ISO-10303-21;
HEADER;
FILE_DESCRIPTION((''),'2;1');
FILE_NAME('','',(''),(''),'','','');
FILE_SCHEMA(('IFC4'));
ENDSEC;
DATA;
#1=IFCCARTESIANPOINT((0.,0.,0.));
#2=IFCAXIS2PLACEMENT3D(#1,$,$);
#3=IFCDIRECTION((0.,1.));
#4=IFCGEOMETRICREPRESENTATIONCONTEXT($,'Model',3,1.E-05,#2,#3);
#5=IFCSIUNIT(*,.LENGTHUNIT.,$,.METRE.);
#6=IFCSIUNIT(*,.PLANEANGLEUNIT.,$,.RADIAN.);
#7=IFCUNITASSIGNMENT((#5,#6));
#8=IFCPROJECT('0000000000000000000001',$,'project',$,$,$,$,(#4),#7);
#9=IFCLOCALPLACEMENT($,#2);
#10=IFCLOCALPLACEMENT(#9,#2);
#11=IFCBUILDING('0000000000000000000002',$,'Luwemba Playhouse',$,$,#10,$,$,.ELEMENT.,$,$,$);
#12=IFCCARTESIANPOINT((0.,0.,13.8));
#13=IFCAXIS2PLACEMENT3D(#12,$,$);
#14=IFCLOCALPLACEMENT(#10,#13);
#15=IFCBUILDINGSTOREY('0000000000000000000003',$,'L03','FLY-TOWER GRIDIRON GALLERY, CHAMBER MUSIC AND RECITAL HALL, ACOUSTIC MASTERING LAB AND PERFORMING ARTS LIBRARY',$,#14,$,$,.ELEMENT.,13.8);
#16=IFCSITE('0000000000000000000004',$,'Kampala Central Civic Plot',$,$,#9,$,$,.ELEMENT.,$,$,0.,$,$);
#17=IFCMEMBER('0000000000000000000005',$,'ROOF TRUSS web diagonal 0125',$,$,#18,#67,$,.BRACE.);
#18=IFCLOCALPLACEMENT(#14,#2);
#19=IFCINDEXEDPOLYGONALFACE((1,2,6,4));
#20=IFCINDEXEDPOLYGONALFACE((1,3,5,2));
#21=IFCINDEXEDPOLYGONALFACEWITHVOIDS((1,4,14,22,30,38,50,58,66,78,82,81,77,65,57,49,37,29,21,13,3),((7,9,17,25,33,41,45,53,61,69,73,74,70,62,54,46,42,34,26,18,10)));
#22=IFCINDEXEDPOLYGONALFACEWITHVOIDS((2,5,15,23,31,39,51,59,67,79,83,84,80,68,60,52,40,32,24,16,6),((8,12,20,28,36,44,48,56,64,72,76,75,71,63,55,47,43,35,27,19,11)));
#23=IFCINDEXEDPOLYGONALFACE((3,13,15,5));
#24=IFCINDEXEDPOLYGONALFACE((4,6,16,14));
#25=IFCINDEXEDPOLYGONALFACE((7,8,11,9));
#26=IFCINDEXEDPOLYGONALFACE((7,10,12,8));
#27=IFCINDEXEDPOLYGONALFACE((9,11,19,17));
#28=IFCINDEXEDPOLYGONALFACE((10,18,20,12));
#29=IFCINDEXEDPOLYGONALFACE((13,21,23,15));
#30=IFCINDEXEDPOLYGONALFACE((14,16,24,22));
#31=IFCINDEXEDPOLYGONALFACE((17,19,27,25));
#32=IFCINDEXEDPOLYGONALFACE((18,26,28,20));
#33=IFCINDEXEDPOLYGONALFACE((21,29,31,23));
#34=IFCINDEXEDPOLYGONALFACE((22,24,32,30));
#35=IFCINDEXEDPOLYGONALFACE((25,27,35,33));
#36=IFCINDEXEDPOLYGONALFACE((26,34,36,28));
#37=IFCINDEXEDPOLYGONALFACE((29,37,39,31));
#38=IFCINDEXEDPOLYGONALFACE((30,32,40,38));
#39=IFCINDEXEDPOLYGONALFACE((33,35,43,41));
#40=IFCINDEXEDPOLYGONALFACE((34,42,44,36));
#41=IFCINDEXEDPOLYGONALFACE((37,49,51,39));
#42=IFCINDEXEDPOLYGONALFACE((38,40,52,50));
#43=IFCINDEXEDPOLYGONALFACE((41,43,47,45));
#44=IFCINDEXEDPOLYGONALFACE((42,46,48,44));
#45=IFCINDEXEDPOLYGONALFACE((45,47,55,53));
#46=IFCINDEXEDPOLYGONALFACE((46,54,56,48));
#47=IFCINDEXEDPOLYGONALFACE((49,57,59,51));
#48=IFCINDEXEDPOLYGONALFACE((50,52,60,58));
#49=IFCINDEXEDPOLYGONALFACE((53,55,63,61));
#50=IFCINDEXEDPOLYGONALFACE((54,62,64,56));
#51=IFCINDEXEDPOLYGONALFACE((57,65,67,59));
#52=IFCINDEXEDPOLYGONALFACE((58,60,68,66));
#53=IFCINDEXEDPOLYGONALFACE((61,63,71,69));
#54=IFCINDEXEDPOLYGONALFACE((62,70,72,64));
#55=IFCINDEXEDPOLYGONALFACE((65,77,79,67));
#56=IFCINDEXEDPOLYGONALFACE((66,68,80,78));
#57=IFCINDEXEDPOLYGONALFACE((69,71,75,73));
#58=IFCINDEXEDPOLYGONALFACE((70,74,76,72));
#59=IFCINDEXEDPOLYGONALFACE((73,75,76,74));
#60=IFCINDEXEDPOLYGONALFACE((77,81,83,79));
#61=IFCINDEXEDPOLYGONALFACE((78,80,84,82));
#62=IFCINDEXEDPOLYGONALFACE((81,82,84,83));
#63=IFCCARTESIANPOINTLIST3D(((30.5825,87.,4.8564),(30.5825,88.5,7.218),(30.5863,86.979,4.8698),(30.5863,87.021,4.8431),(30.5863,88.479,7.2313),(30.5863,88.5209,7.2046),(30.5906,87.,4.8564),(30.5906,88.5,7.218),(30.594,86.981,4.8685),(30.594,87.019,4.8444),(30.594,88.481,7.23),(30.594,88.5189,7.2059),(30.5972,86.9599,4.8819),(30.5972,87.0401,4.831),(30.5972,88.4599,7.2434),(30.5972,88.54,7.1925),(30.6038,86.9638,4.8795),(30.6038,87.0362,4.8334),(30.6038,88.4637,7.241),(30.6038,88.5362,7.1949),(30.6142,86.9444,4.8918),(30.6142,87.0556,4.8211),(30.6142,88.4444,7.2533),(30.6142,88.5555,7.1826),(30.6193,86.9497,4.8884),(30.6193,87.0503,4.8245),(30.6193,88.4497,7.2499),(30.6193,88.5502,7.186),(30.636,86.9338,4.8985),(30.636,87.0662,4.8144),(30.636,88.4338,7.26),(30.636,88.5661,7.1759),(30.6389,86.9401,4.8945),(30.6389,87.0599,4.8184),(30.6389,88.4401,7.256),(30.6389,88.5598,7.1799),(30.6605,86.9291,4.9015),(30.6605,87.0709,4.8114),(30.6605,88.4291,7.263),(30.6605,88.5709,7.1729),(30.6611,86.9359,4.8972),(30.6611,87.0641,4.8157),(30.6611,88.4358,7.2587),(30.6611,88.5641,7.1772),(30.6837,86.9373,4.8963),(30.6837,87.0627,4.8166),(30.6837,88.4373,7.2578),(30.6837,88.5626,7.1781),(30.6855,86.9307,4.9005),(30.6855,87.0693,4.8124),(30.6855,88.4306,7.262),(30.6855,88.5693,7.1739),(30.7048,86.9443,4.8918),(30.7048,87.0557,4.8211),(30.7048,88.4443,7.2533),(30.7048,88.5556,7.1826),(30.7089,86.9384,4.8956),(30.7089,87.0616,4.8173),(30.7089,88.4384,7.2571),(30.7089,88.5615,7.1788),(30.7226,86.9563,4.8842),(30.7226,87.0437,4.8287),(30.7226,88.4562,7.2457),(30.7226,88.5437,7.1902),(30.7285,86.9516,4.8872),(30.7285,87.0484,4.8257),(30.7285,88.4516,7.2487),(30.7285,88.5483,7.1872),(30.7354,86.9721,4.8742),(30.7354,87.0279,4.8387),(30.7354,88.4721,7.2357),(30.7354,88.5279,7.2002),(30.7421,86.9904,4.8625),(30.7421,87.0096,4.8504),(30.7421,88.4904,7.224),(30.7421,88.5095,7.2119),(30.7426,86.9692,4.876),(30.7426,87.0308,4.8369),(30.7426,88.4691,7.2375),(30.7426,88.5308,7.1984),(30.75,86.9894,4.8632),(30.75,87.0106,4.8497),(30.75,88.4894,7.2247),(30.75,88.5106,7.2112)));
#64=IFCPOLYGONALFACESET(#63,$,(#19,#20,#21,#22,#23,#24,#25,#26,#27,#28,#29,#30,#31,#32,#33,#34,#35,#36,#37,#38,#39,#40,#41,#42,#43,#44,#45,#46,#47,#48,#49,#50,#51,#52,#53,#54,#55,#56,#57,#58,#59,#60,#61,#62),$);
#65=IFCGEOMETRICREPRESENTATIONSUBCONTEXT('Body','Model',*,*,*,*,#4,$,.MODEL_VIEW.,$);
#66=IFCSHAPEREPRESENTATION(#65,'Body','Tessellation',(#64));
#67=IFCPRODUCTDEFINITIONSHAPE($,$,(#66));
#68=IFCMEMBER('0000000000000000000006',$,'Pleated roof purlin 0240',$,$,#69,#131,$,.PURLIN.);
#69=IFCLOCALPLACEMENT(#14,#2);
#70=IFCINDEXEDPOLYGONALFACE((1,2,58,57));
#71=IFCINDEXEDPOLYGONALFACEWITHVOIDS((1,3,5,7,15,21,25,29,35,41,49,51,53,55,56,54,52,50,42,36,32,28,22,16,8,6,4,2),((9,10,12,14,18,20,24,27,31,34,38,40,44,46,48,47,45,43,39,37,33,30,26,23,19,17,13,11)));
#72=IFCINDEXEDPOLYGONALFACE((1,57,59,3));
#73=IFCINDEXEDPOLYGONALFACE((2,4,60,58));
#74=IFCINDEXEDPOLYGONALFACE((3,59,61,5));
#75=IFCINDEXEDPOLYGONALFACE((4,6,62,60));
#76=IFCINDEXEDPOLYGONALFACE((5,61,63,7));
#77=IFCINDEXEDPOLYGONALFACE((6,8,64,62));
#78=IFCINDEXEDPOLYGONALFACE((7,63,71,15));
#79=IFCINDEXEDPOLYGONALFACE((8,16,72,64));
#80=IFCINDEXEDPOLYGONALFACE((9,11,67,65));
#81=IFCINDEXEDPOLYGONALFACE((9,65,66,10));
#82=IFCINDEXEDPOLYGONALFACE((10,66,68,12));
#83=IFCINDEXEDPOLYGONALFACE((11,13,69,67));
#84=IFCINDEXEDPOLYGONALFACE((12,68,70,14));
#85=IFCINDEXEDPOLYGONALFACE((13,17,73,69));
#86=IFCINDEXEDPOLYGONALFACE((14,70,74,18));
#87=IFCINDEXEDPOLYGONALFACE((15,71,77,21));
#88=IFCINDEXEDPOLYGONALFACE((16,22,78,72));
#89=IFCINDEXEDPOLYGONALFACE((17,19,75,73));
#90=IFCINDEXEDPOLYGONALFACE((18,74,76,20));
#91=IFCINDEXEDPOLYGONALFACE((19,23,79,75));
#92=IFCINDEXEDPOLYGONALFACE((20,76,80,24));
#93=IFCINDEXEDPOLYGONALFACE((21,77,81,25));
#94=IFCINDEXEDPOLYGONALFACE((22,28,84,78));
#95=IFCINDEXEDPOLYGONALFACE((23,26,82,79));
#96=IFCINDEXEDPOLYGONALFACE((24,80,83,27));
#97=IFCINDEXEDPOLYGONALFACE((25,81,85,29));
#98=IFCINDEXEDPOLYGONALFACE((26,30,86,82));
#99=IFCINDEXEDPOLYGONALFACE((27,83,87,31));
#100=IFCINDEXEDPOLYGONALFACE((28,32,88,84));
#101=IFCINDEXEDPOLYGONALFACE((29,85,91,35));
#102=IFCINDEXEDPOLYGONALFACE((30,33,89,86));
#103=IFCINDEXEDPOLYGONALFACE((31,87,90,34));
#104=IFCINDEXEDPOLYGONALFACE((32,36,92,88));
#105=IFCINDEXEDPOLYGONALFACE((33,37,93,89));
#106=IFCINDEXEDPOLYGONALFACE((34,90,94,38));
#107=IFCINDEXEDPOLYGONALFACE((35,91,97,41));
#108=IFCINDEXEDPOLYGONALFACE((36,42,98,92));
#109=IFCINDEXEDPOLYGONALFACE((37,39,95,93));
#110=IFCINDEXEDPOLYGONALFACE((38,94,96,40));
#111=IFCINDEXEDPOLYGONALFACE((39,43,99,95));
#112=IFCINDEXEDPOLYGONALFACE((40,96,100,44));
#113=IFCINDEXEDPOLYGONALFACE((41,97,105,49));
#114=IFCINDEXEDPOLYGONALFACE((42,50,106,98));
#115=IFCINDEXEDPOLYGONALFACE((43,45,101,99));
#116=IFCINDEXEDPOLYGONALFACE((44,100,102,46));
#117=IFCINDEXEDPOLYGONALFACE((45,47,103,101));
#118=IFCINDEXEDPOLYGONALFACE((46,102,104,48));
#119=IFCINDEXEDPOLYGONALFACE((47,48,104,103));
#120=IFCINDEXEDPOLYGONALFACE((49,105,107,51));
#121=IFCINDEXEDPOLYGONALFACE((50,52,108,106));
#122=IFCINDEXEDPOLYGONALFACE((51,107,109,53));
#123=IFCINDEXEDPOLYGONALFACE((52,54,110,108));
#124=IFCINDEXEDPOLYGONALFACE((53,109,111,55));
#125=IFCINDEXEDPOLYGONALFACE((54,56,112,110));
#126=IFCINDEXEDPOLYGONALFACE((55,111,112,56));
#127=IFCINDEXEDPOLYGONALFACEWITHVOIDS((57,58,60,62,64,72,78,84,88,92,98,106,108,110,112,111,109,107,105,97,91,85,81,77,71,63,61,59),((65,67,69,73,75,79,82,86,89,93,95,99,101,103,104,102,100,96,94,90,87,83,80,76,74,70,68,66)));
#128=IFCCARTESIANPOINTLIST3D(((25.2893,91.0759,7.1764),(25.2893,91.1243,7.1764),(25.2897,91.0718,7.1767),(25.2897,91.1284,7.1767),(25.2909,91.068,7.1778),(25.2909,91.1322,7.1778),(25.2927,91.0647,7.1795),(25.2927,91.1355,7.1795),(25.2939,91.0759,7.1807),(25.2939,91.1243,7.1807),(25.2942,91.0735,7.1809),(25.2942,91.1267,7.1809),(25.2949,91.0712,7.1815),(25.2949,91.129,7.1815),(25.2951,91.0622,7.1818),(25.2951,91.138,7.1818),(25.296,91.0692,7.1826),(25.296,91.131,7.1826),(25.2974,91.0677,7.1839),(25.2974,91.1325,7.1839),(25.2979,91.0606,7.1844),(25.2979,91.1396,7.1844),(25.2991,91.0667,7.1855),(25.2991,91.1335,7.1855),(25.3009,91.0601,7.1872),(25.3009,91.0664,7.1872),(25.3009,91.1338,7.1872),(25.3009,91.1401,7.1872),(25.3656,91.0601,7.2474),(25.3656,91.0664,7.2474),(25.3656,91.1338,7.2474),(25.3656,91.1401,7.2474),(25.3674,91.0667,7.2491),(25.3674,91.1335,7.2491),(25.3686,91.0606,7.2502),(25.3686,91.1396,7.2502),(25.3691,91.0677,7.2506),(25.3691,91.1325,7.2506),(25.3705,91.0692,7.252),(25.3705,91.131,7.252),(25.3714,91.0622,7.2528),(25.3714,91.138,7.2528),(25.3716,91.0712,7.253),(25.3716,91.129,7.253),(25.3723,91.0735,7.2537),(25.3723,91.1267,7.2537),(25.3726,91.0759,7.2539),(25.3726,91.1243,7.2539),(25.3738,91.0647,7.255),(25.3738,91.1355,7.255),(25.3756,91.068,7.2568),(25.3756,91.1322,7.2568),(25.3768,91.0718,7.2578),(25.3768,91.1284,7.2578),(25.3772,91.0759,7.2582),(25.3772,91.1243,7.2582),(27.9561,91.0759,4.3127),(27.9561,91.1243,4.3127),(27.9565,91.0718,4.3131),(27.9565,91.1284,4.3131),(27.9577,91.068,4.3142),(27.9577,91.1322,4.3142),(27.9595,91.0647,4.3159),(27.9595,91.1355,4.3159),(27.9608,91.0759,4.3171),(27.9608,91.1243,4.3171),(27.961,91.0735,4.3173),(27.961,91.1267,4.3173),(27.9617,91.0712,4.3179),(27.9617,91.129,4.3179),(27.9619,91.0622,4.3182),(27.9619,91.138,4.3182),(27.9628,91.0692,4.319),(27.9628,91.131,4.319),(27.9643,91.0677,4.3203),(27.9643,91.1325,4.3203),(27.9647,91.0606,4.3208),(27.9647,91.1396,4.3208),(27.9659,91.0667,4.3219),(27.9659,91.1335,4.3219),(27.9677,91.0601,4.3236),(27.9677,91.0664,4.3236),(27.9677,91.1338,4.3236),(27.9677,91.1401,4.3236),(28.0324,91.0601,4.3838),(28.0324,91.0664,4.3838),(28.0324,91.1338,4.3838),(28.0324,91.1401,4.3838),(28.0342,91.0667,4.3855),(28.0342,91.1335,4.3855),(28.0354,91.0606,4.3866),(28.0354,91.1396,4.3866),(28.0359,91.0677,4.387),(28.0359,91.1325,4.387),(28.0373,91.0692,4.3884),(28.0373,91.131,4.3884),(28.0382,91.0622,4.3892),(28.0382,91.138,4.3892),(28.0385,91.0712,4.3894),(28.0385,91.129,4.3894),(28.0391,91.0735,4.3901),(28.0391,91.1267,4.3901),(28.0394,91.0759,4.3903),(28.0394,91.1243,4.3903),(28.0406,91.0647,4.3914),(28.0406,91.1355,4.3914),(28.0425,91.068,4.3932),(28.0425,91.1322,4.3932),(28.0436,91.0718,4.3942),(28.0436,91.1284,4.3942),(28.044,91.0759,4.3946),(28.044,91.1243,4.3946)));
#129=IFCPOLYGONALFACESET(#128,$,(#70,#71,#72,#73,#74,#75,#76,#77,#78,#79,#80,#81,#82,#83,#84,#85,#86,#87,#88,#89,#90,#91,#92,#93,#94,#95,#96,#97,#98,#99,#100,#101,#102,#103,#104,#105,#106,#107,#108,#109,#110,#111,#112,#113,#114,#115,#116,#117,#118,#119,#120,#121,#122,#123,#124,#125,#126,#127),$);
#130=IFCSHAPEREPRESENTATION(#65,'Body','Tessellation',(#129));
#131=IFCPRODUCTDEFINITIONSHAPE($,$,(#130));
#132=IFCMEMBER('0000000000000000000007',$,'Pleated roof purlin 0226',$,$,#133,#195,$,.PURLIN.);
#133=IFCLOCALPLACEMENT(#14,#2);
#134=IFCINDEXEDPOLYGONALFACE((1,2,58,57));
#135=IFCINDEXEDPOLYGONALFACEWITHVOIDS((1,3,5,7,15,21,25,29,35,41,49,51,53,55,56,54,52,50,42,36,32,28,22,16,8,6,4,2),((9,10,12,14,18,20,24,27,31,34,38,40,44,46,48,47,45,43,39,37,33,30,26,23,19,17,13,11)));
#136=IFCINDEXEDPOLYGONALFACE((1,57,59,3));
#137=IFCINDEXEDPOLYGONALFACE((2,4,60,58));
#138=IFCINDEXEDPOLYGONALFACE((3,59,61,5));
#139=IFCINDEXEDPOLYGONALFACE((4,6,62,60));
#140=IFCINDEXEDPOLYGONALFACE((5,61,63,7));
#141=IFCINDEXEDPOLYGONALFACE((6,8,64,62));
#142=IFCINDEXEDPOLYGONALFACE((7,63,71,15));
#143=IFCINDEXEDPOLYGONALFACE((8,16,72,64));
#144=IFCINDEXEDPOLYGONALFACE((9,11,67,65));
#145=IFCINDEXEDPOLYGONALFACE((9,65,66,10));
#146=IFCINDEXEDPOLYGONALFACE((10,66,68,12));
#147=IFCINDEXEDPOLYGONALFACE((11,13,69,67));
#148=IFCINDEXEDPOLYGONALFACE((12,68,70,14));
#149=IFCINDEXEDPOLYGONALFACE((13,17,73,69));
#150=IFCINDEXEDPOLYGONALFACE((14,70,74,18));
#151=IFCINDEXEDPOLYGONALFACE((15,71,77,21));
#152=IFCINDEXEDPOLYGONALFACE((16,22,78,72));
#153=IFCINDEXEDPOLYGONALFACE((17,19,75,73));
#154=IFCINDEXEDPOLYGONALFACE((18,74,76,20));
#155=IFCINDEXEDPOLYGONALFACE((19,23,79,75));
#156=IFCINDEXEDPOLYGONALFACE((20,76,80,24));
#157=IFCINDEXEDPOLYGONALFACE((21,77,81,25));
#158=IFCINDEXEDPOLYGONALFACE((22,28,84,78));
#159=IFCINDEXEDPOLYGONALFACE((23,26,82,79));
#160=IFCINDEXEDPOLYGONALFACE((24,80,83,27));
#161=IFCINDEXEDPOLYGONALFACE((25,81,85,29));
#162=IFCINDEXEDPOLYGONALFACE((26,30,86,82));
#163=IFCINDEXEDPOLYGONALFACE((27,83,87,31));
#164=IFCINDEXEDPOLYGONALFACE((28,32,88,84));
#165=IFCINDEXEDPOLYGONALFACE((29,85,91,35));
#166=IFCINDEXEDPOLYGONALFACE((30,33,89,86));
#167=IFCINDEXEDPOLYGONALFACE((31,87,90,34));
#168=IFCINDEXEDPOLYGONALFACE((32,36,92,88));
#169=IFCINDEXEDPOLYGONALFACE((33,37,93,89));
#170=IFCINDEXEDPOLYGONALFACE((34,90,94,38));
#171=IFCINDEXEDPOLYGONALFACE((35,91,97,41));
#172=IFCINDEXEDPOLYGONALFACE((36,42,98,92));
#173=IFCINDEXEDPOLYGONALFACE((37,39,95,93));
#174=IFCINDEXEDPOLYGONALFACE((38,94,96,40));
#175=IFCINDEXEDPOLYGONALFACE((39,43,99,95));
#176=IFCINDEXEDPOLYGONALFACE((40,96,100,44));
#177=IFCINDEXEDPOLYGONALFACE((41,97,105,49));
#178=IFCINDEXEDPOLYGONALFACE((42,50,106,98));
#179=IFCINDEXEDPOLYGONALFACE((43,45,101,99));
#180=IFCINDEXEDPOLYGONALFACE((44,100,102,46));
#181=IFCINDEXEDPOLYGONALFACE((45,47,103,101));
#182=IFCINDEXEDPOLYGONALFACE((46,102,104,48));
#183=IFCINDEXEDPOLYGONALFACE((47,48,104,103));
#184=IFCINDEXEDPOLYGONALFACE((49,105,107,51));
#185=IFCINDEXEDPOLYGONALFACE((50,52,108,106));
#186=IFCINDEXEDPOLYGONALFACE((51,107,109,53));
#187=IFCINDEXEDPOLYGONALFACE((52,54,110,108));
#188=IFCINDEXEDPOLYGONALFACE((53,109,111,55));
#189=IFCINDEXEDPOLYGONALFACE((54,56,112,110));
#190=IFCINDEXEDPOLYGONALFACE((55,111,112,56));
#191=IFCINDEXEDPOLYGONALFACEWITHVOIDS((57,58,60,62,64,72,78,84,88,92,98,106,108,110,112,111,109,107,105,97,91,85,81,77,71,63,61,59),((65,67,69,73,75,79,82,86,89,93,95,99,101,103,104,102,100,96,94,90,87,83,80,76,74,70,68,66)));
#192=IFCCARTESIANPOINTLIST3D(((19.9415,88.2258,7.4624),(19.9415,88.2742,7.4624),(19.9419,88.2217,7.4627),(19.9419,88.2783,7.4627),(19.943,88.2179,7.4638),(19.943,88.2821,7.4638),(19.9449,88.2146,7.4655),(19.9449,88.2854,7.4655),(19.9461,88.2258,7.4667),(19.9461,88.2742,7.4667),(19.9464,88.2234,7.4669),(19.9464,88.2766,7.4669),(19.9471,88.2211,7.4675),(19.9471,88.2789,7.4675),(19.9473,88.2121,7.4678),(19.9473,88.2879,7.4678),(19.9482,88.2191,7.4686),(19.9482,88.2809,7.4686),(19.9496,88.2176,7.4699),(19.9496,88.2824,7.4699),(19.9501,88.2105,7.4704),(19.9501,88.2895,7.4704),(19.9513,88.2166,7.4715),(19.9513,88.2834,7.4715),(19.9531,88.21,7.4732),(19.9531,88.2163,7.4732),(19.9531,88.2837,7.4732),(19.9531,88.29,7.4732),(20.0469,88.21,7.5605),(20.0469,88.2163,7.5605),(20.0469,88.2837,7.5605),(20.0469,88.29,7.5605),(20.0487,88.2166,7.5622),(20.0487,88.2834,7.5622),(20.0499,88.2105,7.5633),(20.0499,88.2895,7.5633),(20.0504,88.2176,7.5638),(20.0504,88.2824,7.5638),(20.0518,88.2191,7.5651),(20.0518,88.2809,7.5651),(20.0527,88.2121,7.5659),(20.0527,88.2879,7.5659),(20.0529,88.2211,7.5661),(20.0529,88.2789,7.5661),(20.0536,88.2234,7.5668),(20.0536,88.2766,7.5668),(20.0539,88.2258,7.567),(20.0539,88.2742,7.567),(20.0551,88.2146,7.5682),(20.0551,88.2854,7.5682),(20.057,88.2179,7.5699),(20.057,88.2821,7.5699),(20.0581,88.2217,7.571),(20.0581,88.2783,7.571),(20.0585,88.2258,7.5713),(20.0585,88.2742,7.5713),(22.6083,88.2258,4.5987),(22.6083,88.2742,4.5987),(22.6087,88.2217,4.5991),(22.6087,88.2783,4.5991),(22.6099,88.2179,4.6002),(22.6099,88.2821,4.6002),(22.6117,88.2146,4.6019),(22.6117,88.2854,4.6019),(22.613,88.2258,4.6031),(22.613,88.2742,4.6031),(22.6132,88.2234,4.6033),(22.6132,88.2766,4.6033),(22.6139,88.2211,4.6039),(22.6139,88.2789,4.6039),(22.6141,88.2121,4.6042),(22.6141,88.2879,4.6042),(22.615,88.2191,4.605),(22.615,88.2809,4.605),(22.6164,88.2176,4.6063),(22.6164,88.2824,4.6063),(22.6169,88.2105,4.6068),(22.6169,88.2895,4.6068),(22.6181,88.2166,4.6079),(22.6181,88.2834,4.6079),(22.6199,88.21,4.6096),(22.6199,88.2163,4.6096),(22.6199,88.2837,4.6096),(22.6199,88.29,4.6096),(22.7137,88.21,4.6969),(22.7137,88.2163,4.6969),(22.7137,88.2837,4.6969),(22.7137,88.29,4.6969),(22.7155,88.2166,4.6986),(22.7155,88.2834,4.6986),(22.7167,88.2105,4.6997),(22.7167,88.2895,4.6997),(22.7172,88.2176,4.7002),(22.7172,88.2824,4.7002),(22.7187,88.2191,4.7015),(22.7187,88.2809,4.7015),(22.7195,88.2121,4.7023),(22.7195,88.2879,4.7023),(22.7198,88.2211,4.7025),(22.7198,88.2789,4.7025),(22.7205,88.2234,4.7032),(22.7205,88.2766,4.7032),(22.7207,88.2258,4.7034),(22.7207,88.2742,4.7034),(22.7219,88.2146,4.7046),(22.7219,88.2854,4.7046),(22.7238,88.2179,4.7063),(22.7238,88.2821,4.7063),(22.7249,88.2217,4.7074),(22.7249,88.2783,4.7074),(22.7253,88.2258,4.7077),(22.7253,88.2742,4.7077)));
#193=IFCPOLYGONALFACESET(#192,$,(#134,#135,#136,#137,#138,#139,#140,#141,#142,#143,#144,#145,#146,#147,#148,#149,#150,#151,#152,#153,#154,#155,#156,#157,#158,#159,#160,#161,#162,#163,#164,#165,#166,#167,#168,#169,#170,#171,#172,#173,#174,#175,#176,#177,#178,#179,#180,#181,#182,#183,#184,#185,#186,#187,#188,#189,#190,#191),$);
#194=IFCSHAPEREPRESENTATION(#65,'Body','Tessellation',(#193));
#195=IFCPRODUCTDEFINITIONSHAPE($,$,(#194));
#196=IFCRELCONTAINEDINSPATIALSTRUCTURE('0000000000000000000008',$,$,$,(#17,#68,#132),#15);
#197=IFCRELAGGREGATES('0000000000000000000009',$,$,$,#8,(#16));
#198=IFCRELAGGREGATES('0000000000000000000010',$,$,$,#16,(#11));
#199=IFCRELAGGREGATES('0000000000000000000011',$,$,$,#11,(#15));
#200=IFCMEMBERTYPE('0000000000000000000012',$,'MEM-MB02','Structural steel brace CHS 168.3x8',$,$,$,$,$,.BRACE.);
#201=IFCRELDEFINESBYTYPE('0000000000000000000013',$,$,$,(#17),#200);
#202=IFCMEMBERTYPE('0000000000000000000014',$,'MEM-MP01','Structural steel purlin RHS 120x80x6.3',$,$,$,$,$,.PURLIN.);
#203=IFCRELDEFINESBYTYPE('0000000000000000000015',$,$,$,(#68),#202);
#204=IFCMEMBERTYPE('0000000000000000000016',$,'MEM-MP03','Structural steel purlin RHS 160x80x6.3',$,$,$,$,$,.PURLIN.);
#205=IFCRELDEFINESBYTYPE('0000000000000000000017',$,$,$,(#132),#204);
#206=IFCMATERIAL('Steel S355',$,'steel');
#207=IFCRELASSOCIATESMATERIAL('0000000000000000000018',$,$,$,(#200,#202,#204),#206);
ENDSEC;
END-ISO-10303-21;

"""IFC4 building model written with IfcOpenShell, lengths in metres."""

from ifc_helpers import new_model, si_unit, direction, frame, origin, origin_2d, place, context, subcontext, project, spatial, hollow_rectangle, hollow_circle, extrude, material, material_profile, profile_set, type_object, element, save


model = new_model("IFC4")

# Units and contexts
model_context = context("Model", 3, precision=1e-05, world=origin(), true_north=direction((0.0, 1.0)))
body_context = subcontext(model_context, "Body", "Model", "MODEL_VIEW")
ifc_project = project(units=[si_unit("LENGTHUNIT", "METRE"), si_unit("PLANEANGLEUNIT", "RADIAN")], contexts=[model_context])

# Site, building, storey
site_placement = place(None, origin())
site = spatial("IfcSite", under=ifc_project, at=site_placement, Name="Kampala Central Civic Plot", CompositionType="ELEMENT", RefElevation=0.0)
building_placement = place(site_placement, origin())
building = spatial("IfcBuilding", under=site, at=building_placement, Name="Luwemba Playhouse", CompositionType="ELEMENT")
storey_placement = place(building_placement, frame((0.0, 0.0, 13.8)))
storey = spatial("IfcBuildingStorey", under=building, at=storey_placement, Name="L03", Description="FLY-TOWER GRIDIRON GALLERY, CHAMBER MUSIC AND RECITAL HALL, ACOUSTIC MASTERING LAB AND PERFORMING ARTS LIBRARY", CompositionType="ELEMENT", Elevation=13.8)

# Shared definitions
ifc_material_1 = material(Name="Steel S355", Category="steel")

# Members
ifc_material_profile_1 = material_profile(ifc_material_1, hollow_circle(Radius=0.0842, WallThickness=0.0081, at=origin_2d()))
ifc_profile_set_1 = profile_set([ifc_material_profile_1], Name="Steel S355")
member_type_1 = type_object("IfcMemberType", Name="MEM-MB02", Description="Structural steel brace CHS 168.3x8", PredefinedType="BRACE", material=ifc_profile_set_1)
member_1_placement = place(storey_placement, frame((30.6667, 87.0, 4.8564), z_axis=(0.0, 0.536158, 0.844118), x_axis=(-1.0, 0.0, 0.0)))
element("IfcMember", 1, at=member_1_placement, inside=storey, type_object=member_type_1, Name="ROOF TRUSS web diagonal 0125", PredefinedType="BRACE", context=body_context, shape_type="SweptSolid", body=[
    extrude(hollow_circle(Radius=0.0842, WallThickness=0.0081, at=origin_2d()), origin(), (0.0, 0.0, 1.0), 2.7976),
])
ifc_material_profile_2 = material_profile(ifc_material_1, hollow_rectangle(XDim=0.0801, YDim=0.1201, WallThickness=0.0063, InnerFilletRadius=0.0095, OuterFilletRadius=0.0159, at=origin_2d()))
ifc_profile_set_2 = profile_set([ifc_material_profile_2], Name="Steel S355")
member_type_2 = type_object("IfcMemberType", Name="MEM-MP01", Description="Structural steel purlin RHS 120x80x6.3", PredefinedType="PURLIN", material=ifc_profile_set_2)
member_2_placement = place(storey_placement, frame((25.3333, 91.1001, 7.2173), z_axis=(0.681515, 0.0, -0.731804), x_axis=(0.0, 1.0, 0.0)))
element("IfcMember", 2, at=member_2_placement, inside=storey, type_object=member_type_2, Name="Pleated roof purlin 0240", PredefinedType="PURLIN", context=body_context, shape_type="SweptSolid", body=[
    extrude(hollow_rectangle(XDim=0.0801, YDim=0.1201, WallThickness=0.0063, InnerFilletRadius=0.0095, OuterFilletRadius=0.0159, at=origin_2d()), origin(), (0.0, 0.0, 1.0), 3.9131),
])
ifc_material_profile_3 = material_profile(ifc_material_1, hollow_rectangle(XDim=0.0801, YDim=0.1599, WallThickness=0.0063, InnerFilletRadius=0.0095, OuterFilletRadius=0.0159, at=origin_2d()))
ifc_profile_set_3 = profile_set([ifc_material_profile_3], Name="Steel S355")
member_type_3 = type_object("IfcMemberType", Name="MEM-MP03", Description="Structural steel purlin RHS 160x80x6.3", PredefinedType="PURLIN", material=ifc_profile_set_3)
member_3_placement = place(storey_placement, frame((20.0, 88.25, 7.5168), z_axis=(0.681515, 0.0, -0.731804), x_axis=(0.0, 1.0, 0.0)))
element("IfcMember", 3, at=member_3_placement, inside=storey, type_object=member_type_3, Name="Pleated roof purlin 0226", PredefinedType="PURLIN", context=body_context, shape_type="SweptSolid", body=[
    extrude(hollow_rectangle(XDim=0.0801, YDim=0.1599, WallThickness=0.0063, InnerFilletRadius=0.0095, OuterFilletRadius=0.0159, at=origin_2d()), origin(), (0.0, 0.0, 1.0), 3.9131),
])

save(model, "model.ifc")
